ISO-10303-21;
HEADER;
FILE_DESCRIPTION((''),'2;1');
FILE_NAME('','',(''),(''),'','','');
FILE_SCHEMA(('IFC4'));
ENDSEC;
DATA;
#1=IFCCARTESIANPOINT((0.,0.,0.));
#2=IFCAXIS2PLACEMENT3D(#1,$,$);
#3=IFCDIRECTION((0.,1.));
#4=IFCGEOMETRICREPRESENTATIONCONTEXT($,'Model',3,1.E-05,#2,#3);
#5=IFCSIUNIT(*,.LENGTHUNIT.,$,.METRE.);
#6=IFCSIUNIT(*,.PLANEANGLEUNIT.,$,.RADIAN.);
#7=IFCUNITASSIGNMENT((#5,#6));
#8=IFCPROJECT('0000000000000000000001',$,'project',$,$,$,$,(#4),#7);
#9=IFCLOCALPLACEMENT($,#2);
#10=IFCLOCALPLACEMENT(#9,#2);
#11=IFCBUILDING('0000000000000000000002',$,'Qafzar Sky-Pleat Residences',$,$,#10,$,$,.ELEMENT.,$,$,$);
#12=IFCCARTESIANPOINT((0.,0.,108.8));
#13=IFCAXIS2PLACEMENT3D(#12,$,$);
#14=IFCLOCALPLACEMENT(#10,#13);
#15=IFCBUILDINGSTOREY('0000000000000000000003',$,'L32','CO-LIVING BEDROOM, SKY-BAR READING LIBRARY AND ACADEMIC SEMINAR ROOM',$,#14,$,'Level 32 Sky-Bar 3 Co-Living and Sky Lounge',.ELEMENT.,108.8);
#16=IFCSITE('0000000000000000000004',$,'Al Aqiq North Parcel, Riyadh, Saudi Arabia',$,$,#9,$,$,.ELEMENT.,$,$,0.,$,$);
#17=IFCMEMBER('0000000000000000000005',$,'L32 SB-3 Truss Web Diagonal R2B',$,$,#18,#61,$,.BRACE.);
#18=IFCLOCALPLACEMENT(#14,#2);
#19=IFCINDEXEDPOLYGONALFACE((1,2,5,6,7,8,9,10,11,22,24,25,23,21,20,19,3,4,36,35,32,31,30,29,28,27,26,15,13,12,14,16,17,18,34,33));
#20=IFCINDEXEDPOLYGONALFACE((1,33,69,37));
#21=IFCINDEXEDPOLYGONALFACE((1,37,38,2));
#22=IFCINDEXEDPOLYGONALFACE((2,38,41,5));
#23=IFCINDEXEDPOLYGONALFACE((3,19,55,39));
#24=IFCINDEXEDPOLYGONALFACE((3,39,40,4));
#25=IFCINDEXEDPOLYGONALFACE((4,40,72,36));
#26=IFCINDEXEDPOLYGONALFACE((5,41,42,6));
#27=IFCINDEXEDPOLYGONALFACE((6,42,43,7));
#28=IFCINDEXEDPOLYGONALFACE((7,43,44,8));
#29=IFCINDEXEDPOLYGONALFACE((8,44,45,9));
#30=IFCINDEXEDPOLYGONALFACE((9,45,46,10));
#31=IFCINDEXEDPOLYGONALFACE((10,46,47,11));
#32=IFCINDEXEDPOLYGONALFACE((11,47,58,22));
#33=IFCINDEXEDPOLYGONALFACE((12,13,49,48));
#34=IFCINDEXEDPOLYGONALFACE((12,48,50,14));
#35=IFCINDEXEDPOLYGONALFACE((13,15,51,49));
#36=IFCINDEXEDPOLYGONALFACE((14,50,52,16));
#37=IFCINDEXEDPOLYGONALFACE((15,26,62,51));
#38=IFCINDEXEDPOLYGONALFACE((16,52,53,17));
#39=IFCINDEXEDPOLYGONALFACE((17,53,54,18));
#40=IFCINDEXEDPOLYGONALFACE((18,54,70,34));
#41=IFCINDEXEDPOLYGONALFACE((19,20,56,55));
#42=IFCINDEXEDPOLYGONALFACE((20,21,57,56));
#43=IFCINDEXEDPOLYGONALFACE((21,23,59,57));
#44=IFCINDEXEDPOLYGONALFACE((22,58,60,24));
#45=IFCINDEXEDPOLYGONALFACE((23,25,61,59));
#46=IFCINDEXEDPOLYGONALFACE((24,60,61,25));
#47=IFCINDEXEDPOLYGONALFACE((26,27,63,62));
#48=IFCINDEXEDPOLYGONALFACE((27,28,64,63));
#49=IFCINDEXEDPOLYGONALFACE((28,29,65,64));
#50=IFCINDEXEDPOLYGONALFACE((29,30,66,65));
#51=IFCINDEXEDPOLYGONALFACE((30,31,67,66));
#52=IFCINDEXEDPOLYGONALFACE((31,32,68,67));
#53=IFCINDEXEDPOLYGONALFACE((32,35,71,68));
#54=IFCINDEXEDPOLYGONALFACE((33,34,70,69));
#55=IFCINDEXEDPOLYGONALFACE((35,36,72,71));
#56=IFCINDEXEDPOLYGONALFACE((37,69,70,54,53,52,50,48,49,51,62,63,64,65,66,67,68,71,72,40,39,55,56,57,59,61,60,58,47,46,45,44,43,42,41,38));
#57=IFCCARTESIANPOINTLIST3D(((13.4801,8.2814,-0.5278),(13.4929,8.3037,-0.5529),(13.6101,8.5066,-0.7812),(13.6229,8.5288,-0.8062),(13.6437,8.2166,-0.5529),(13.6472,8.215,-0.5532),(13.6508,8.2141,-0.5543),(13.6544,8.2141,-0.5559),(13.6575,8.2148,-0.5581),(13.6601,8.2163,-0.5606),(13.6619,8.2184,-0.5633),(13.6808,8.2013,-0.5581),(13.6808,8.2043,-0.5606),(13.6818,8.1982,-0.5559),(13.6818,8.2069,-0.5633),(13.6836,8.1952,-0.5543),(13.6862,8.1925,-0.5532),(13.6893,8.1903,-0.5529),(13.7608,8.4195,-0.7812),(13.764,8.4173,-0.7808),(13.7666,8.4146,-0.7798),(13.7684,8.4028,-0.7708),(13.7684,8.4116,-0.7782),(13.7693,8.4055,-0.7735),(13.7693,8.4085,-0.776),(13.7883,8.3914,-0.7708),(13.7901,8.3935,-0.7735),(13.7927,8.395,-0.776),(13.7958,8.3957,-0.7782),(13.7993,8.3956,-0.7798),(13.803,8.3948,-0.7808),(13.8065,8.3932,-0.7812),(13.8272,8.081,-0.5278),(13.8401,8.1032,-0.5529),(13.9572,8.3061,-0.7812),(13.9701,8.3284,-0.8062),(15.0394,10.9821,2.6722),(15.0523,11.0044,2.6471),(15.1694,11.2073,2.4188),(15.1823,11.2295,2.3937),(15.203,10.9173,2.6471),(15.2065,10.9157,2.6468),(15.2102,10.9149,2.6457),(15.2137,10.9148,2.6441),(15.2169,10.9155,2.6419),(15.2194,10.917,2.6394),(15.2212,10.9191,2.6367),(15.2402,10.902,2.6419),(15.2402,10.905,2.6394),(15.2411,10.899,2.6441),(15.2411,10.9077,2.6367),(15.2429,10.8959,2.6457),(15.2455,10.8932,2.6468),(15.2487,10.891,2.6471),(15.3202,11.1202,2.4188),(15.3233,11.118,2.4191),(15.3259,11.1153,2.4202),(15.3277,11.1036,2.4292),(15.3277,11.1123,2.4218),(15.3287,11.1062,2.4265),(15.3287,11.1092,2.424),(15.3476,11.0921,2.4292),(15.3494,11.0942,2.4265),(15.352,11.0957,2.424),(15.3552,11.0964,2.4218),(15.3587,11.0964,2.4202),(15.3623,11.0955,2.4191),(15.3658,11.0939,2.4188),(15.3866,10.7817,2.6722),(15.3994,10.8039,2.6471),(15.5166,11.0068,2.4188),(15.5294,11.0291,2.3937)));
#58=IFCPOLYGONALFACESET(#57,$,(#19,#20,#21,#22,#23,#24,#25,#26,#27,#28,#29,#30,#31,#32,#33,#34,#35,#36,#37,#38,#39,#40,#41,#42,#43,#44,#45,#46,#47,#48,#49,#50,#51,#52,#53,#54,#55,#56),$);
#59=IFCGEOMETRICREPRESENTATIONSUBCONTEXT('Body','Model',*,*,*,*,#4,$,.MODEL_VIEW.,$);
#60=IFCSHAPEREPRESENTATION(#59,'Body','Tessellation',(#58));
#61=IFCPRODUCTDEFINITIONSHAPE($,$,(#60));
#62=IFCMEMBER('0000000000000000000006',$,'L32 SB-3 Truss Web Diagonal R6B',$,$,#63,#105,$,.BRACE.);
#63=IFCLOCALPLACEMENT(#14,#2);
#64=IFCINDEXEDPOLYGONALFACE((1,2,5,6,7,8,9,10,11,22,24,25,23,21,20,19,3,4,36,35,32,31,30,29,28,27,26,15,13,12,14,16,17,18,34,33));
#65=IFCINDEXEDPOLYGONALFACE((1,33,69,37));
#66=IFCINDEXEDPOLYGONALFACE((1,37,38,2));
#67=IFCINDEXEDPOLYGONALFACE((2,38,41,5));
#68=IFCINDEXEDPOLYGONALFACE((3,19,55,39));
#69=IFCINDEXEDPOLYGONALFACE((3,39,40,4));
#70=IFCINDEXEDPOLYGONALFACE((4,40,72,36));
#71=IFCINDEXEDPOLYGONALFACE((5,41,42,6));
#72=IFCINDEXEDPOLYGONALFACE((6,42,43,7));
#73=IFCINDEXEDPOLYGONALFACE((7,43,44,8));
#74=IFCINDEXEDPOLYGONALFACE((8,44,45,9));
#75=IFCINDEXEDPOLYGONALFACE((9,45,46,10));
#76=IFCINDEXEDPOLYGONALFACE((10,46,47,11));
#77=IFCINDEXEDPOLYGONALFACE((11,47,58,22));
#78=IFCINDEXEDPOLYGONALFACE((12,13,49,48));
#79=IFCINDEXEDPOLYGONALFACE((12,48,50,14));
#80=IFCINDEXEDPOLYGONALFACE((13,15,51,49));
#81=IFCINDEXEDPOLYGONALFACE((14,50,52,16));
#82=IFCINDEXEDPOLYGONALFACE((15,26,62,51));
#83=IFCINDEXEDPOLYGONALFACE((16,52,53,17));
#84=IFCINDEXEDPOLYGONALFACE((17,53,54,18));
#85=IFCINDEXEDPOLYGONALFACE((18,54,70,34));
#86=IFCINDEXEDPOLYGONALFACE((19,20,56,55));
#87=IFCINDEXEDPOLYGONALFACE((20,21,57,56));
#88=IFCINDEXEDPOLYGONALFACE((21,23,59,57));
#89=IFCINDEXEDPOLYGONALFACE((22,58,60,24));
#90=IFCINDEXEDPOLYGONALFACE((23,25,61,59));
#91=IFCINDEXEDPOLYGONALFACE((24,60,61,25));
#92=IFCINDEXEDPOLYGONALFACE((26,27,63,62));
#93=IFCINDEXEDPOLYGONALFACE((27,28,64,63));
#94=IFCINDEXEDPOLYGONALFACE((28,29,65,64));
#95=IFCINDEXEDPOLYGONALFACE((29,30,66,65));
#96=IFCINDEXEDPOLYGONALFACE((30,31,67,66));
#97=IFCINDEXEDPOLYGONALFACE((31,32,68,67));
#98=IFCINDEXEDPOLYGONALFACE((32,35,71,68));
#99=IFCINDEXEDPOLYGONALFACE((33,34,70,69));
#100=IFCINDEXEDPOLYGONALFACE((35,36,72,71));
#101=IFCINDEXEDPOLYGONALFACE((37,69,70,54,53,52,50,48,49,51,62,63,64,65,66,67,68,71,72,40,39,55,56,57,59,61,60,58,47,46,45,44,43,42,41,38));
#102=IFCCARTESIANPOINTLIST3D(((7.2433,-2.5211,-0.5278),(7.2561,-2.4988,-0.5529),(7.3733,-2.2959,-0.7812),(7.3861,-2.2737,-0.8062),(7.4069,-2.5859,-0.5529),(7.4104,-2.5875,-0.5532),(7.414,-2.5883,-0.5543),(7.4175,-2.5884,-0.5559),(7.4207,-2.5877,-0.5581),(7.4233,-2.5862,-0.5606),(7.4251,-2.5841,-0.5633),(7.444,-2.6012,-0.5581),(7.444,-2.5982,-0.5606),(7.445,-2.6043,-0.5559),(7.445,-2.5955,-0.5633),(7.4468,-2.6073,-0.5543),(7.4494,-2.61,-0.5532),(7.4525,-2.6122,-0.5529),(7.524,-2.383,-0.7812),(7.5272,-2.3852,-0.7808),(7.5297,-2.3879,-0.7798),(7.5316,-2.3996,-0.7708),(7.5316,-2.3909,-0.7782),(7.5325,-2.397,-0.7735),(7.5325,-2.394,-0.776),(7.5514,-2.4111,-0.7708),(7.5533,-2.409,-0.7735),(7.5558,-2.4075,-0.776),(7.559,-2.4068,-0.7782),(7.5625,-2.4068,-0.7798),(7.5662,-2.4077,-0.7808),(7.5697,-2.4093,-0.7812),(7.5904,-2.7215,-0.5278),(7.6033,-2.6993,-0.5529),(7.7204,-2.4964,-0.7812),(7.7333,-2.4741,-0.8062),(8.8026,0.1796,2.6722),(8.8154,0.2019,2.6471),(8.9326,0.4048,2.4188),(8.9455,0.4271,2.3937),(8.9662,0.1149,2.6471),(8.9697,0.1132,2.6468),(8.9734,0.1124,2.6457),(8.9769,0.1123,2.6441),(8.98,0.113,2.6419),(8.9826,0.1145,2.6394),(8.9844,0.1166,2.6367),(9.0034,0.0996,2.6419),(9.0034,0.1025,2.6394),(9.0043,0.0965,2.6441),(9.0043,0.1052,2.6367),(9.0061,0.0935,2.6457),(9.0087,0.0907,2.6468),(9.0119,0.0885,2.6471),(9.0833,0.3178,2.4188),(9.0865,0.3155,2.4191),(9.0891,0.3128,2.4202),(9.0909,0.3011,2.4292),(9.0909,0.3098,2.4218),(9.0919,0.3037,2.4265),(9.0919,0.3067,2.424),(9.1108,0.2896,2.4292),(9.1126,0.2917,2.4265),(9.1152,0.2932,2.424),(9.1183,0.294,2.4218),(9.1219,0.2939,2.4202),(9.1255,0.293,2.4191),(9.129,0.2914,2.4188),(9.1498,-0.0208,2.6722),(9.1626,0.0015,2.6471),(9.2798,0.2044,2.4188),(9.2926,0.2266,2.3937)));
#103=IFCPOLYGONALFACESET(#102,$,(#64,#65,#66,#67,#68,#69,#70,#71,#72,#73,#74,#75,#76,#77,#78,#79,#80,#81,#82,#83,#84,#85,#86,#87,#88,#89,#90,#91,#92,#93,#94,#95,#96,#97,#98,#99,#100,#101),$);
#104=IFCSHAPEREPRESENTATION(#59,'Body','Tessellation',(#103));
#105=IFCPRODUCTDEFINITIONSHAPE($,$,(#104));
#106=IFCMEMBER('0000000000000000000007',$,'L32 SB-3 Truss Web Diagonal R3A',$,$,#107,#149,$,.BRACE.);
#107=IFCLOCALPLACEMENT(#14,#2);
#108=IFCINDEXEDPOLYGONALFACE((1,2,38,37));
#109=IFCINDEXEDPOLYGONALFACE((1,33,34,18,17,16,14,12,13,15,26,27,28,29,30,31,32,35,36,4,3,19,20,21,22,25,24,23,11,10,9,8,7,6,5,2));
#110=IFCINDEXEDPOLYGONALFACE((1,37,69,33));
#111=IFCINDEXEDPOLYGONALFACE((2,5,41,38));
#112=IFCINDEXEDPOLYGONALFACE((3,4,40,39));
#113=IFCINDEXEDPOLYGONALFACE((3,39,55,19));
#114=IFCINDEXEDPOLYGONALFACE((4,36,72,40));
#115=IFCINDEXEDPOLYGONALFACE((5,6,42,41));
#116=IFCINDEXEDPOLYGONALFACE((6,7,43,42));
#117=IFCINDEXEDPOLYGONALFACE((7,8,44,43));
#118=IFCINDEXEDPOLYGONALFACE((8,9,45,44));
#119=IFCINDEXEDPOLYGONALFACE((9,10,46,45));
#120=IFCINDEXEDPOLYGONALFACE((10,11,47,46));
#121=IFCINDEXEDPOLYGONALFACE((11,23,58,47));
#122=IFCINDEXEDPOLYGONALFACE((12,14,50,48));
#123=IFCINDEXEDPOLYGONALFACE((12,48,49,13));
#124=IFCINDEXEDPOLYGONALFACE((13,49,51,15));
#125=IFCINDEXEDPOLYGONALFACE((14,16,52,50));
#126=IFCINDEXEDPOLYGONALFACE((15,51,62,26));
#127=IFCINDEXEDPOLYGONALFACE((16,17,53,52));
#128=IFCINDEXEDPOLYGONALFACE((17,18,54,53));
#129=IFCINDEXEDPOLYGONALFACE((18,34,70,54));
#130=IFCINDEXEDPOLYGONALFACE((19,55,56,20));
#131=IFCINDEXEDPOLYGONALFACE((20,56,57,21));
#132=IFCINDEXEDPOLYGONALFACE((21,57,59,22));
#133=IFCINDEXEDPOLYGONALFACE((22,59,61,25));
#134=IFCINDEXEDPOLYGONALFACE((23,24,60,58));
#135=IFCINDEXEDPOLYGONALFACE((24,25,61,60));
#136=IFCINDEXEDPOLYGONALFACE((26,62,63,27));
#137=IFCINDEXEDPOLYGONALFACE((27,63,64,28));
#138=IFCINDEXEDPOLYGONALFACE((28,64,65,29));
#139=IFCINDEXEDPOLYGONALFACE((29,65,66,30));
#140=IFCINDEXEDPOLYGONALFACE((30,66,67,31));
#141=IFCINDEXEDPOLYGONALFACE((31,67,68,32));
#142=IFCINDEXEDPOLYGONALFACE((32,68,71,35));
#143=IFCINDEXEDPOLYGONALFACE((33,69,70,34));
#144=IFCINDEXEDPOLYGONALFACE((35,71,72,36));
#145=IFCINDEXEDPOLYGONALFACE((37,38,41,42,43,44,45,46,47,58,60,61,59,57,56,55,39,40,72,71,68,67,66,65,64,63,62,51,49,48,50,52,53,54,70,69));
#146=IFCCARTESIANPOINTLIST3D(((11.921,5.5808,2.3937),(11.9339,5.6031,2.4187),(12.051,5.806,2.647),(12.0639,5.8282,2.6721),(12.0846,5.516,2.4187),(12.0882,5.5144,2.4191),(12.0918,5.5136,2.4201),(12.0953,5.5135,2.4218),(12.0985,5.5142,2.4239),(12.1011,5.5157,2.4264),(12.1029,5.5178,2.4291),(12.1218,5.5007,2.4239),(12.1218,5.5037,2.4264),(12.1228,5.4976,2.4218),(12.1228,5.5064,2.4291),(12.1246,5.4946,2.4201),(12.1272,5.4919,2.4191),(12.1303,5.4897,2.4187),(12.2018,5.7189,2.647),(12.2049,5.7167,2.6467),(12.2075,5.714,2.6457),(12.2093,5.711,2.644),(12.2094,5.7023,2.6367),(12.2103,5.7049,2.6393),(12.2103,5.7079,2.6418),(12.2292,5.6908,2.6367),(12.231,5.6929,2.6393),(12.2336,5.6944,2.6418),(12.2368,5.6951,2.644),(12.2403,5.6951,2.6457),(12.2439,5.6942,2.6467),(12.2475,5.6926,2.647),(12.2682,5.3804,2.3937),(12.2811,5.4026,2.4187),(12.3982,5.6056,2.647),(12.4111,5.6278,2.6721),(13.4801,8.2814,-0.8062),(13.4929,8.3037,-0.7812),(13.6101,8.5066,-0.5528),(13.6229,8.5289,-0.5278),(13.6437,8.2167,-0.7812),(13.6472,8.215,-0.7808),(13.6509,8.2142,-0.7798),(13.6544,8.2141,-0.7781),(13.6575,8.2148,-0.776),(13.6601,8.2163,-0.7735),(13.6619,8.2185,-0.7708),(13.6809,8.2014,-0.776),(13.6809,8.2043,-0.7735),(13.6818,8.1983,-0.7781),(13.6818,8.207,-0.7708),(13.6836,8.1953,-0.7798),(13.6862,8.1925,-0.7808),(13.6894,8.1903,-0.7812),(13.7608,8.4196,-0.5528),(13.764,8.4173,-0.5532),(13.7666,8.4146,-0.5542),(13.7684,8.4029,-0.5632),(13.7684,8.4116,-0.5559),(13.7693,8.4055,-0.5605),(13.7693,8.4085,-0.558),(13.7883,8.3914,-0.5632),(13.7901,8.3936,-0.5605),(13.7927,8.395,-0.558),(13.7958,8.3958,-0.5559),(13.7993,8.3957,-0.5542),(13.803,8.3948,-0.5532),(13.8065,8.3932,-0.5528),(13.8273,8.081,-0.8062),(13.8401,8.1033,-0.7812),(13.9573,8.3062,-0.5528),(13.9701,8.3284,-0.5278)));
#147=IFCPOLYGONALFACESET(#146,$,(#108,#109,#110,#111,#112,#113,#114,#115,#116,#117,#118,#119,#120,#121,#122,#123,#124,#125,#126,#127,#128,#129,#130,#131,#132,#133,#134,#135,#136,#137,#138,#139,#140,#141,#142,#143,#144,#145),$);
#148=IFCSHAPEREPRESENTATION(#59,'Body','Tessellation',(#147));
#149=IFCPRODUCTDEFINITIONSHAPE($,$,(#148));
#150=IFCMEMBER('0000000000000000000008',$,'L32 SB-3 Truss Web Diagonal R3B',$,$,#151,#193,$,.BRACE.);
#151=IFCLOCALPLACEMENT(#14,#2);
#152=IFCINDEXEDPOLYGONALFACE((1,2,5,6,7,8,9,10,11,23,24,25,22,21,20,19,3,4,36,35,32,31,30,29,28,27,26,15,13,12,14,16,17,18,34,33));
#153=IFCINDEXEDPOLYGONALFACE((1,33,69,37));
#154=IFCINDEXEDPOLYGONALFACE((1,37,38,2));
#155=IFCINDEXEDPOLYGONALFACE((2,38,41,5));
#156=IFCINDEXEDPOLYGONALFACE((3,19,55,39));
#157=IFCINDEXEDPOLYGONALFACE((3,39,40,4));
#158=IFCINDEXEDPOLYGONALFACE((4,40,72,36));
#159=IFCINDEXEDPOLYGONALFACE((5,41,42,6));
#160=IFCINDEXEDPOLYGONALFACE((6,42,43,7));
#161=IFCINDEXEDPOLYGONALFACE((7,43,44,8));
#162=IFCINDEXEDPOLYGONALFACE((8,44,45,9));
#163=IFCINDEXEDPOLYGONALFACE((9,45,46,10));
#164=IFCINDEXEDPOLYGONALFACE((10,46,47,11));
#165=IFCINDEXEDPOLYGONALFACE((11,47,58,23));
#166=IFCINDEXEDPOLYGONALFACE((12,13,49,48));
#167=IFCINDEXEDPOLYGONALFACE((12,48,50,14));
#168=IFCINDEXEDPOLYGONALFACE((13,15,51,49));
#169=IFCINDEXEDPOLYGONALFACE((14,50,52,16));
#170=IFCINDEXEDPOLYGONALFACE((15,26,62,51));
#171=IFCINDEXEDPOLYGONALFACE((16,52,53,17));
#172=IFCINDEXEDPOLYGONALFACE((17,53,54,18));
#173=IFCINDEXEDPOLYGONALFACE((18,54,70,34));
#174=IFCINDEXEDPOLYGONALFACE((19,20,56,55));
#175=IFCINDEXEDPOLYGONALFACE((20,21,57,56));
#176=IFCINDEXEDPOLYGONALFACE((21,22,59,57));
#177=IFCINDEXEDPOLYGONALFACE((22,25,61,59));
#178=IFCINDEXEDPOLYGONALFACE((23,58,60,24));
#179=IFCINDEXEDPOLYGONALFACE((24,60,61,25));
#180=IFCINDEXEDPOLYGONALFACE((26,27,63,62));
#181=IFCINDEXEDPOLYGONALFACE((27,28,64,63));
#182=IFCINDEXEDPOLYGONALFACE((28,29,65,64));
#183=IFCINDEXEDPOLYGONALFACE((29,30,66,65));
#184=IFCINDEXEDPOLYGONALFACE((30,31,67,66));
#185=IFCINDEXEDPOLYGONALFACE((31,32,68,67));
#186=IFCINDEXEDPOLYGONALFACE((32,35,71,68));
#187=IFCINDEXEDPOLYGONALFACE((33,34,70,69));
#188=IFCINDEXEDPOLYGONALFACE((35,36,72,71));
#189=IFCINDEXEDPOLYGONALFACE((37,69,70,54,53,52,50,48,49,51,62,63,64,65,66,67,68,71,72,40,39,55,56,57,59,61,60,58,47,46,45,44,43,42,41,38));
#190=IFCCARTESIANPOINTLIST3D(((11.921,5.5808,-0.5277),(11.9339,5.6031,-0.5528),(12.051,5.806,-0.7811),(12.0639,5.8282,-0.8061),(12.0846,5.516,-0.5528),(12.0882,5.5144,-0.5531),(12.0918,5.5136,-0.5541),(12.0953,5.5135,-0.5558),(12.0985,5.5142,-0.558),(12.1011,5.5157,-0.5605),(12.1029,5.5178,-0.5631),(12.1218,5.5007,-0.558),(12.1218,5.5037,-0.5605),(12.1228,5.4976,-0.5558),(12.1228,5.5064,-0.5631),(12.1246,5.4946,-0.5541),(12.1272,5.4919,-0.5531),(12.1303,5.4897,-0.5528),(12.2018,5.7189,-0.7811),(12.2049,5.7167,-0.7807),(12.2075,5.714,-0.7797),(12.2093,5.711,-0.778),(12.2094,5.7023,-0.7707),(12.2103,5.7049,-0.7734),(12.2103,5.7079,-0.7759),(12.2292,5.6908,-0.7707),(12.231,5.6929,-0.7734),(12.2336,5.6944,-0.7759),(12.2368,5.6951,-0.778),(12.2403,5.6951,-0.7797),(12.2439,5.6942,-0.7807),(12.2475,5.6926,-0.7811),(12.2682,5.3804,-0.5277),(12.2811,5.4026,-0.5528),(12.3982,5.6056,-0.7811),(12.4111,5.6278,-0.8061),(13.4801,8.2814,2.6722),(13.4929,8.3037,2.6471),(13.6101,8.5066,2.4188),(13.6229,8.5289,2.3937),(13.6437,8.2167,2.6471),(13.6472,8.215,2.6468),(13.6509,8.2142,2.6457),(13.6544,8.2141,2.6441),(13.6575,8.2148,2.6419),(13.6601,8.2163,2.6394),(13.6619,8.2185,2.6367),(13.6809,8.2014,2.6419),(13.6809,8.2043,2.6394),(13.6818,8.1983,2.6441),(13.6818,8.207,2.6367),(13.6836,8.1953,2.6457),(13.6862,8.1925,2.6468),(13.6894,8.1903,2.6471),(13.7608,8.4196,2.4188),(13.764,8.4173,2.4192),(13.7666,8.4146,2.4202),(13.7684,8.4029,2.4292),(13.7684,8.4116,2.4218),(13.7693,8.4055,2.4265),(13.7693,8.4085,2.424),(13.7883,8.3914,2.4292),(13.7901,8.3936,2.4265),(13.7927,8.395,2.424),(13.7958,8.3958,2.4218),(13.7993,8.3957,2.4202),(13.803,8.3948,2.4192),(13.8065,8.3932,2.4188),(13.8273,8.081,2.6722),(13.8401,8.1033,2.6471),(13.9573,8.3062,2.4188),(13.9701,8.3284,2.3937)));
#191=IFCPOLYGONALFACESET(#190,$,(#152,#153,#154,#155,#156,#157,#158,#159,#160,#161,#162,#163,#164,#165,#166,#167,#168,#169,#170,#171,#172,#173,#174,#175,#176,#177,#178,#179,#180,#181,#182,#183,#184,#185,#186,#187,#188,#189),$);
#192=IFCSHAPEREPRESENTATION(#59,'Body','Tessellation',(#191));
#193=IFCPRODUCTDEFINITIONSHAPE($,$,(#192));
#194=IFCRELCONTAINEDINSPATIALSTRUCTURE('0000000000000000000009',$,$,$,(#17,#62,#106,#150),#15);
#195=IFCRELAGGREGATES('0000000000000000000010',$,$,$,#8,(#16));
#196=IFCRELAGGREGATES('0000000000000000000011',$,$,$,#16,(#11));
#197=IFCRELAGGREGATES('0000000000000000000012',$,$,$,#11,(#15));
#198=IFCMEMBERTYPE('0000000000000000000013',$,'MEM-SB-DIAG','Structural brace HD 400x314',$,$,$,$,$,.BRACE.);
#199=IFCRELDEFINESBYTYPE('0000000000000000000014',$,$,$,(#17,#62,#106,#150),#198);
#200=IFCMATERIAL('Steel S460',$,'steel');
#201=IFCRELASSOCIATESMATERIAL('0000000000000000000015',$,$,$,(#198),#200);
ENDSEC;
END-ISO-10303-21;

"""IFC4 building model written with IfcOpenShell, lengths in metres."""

from ifc_helpers import new_model, si_unit, direction, frame, origin, origin_2d, place, context, subcontext, project, spatial, i_section, extrude, source, transform, mapped, material, material_profile, profile_set, type_object, element, save


model = new_model("IFC4")

# Units and contexts
model_context = context("Model", 3, precision=1e-05, world=origin(), true_north=direction((0.0, 1.0)))
body_context = subcontext(model_context, "Body", "Model", "MODEL_VIEW")
ifc_project = project(units=[si_unit("LENGTHUNIT", "METRE"), si_unit("PLANEANGLEUNIT", "RADIAN")], contexts=[model_context])

# Site, building, storey
site_placement = place(None, origin())
site = spatial("IfcSite", under=ifc_project, at=site_placement, Name="Al Aqiq North Parcel, Riyadh, Saudi Arabia", CompositionType="ELEMENT", RefElevation=0.0)
building_placement = place(site_placement, origin())
building = spatial("IfcBuilding", under=site, at=building_placement, Name="Qafzar Sky-Pleat Residences", CompositionType="ELEMENT")
storey_placement = place(building_placement, frame((0.0, 0.0, 108.8)))
storey = spatial("IfcBuildingStorey", under=building, at=storey_placement, Name="L32", Description="CO-LIVING BEDROOM, SKY-BAR READING LIBRARY AND ACADEMIC SEMINAR ROOM", LongName="Level 32 Sky-Bar 3 Co-Living and Sky Lounge", CompositionType="ELEMENT", Elevation=108.8)

# Shared definitions
ifc_material_1 = material(Name="Steel S460", Category="steel")

# Members
ifc_material_profile_1 = material_profile(ifc_material_1, i_section(OverallWidth=0.4009, OverallDepth=0.3989, WebThickness=0.0229, FlangeThickness=0.0359, FilletRadius=0.0149, at=origin_2d()), Name="HD 400x314")
ifc_profile_set_1 = profile_set([ifc_material_profile_1], Name="Steel S460")
member_type = type_object("IfcMemberType", Name="MEM-SB-DIAG", Description="Structural brace HD 400x314", PredefinedType="BRACE", material=ifc_profile_set_1)
shared_shape_1 = source(origin(), body_context, "Body", "SweptSolid", [
    extrude(i_section(OverallWidth=0.4009, OverallDepth=0.3989, WebThickness=0.0229, FlangeThickness=0.0359, FilletRadius=0.0149, at=origin_2d()), origin(), (0.0, 0.0, 1.0), 4.4683),
])
for number, where, z_axis, x_axis, name in (
    (1, (15.2844, 11.0056, 2.533), (-0.348982, -0.604422, -0.71616), (0.866013, -0.500021, 0.0), "L32 SB-3 Truss Web Diagonal R2B"),
    (2, (9.0476, 0.2031, 2.533), (-0.348982, -0.604422, -0.71616), (0.866013, -0.500021, 0.0), "L32 SB-3 Truss Web Diagonal R6B"),
):
    element("IfcMember", number, at=place(storey_placement, frame(where, z_axis=z_axis, x_axis=x_axis)), inside=storey, type_object=member_type, Name=name, PredefinedType="BRACE", context=body_context, shape_type="MappedRepresentation", body=[
        mapped(shared_shape_1, transform((0.0, 0.0, 0.0), x_axis=(1.0, 0.0, 0.0), y_axis=(0.0, 1.0, 0.0), z_axis=(0.0, 0.0, 1.0), scale=1.0)),
    ])
shared_shape_2 = source(origin(), body_context, "Body", "SweptSolid", [
    extrude(i_section(OverallWidth=0.4009, OverallDepth=0.3989, WebThickness=0.0229, FlangeThickness=0.0359, FilletRadius=0.0149, at=origin_2d()), origin(), (0.0, 0.0, 1.0), 4.468),
])
for number, where, z_axis, x_axis, name in (
    (3, (13.7251, 8.3049, -0.667), (-0.348935, -0.604434, 0.716174), (0.866047, -0.499962, 0.0), "L32 SB-3 Truss Web Diagonal R3A"),
    (4, (13.7251, 8.3049, 2.533), (-0.348935, -0.604434, -0.716174), (0.866047, -0.499962, 0.0), "L32 SB-3 Truss Web Diagonal R3B"),
):
    element("IfcMember", number, at=place(storey_placement, frame(where, z_axis=z_axis, x_axis=x_axis)), inside=storey, type_object=member_type, Name=name, PredefinedType="BRACE", context=body_context, shape_type="MappedRepresentation", body=[
        mapped(shared_shape_2, transform((0.0, 0.0, 0.0), x_axis=(1.0, 0.0, 0.0), y_axis=(0.0, 1.0, 0.0), z_axis=(0.0, 0.0, 1.0), scale=1.0)),
    ])

save(model, "model.ifc")
